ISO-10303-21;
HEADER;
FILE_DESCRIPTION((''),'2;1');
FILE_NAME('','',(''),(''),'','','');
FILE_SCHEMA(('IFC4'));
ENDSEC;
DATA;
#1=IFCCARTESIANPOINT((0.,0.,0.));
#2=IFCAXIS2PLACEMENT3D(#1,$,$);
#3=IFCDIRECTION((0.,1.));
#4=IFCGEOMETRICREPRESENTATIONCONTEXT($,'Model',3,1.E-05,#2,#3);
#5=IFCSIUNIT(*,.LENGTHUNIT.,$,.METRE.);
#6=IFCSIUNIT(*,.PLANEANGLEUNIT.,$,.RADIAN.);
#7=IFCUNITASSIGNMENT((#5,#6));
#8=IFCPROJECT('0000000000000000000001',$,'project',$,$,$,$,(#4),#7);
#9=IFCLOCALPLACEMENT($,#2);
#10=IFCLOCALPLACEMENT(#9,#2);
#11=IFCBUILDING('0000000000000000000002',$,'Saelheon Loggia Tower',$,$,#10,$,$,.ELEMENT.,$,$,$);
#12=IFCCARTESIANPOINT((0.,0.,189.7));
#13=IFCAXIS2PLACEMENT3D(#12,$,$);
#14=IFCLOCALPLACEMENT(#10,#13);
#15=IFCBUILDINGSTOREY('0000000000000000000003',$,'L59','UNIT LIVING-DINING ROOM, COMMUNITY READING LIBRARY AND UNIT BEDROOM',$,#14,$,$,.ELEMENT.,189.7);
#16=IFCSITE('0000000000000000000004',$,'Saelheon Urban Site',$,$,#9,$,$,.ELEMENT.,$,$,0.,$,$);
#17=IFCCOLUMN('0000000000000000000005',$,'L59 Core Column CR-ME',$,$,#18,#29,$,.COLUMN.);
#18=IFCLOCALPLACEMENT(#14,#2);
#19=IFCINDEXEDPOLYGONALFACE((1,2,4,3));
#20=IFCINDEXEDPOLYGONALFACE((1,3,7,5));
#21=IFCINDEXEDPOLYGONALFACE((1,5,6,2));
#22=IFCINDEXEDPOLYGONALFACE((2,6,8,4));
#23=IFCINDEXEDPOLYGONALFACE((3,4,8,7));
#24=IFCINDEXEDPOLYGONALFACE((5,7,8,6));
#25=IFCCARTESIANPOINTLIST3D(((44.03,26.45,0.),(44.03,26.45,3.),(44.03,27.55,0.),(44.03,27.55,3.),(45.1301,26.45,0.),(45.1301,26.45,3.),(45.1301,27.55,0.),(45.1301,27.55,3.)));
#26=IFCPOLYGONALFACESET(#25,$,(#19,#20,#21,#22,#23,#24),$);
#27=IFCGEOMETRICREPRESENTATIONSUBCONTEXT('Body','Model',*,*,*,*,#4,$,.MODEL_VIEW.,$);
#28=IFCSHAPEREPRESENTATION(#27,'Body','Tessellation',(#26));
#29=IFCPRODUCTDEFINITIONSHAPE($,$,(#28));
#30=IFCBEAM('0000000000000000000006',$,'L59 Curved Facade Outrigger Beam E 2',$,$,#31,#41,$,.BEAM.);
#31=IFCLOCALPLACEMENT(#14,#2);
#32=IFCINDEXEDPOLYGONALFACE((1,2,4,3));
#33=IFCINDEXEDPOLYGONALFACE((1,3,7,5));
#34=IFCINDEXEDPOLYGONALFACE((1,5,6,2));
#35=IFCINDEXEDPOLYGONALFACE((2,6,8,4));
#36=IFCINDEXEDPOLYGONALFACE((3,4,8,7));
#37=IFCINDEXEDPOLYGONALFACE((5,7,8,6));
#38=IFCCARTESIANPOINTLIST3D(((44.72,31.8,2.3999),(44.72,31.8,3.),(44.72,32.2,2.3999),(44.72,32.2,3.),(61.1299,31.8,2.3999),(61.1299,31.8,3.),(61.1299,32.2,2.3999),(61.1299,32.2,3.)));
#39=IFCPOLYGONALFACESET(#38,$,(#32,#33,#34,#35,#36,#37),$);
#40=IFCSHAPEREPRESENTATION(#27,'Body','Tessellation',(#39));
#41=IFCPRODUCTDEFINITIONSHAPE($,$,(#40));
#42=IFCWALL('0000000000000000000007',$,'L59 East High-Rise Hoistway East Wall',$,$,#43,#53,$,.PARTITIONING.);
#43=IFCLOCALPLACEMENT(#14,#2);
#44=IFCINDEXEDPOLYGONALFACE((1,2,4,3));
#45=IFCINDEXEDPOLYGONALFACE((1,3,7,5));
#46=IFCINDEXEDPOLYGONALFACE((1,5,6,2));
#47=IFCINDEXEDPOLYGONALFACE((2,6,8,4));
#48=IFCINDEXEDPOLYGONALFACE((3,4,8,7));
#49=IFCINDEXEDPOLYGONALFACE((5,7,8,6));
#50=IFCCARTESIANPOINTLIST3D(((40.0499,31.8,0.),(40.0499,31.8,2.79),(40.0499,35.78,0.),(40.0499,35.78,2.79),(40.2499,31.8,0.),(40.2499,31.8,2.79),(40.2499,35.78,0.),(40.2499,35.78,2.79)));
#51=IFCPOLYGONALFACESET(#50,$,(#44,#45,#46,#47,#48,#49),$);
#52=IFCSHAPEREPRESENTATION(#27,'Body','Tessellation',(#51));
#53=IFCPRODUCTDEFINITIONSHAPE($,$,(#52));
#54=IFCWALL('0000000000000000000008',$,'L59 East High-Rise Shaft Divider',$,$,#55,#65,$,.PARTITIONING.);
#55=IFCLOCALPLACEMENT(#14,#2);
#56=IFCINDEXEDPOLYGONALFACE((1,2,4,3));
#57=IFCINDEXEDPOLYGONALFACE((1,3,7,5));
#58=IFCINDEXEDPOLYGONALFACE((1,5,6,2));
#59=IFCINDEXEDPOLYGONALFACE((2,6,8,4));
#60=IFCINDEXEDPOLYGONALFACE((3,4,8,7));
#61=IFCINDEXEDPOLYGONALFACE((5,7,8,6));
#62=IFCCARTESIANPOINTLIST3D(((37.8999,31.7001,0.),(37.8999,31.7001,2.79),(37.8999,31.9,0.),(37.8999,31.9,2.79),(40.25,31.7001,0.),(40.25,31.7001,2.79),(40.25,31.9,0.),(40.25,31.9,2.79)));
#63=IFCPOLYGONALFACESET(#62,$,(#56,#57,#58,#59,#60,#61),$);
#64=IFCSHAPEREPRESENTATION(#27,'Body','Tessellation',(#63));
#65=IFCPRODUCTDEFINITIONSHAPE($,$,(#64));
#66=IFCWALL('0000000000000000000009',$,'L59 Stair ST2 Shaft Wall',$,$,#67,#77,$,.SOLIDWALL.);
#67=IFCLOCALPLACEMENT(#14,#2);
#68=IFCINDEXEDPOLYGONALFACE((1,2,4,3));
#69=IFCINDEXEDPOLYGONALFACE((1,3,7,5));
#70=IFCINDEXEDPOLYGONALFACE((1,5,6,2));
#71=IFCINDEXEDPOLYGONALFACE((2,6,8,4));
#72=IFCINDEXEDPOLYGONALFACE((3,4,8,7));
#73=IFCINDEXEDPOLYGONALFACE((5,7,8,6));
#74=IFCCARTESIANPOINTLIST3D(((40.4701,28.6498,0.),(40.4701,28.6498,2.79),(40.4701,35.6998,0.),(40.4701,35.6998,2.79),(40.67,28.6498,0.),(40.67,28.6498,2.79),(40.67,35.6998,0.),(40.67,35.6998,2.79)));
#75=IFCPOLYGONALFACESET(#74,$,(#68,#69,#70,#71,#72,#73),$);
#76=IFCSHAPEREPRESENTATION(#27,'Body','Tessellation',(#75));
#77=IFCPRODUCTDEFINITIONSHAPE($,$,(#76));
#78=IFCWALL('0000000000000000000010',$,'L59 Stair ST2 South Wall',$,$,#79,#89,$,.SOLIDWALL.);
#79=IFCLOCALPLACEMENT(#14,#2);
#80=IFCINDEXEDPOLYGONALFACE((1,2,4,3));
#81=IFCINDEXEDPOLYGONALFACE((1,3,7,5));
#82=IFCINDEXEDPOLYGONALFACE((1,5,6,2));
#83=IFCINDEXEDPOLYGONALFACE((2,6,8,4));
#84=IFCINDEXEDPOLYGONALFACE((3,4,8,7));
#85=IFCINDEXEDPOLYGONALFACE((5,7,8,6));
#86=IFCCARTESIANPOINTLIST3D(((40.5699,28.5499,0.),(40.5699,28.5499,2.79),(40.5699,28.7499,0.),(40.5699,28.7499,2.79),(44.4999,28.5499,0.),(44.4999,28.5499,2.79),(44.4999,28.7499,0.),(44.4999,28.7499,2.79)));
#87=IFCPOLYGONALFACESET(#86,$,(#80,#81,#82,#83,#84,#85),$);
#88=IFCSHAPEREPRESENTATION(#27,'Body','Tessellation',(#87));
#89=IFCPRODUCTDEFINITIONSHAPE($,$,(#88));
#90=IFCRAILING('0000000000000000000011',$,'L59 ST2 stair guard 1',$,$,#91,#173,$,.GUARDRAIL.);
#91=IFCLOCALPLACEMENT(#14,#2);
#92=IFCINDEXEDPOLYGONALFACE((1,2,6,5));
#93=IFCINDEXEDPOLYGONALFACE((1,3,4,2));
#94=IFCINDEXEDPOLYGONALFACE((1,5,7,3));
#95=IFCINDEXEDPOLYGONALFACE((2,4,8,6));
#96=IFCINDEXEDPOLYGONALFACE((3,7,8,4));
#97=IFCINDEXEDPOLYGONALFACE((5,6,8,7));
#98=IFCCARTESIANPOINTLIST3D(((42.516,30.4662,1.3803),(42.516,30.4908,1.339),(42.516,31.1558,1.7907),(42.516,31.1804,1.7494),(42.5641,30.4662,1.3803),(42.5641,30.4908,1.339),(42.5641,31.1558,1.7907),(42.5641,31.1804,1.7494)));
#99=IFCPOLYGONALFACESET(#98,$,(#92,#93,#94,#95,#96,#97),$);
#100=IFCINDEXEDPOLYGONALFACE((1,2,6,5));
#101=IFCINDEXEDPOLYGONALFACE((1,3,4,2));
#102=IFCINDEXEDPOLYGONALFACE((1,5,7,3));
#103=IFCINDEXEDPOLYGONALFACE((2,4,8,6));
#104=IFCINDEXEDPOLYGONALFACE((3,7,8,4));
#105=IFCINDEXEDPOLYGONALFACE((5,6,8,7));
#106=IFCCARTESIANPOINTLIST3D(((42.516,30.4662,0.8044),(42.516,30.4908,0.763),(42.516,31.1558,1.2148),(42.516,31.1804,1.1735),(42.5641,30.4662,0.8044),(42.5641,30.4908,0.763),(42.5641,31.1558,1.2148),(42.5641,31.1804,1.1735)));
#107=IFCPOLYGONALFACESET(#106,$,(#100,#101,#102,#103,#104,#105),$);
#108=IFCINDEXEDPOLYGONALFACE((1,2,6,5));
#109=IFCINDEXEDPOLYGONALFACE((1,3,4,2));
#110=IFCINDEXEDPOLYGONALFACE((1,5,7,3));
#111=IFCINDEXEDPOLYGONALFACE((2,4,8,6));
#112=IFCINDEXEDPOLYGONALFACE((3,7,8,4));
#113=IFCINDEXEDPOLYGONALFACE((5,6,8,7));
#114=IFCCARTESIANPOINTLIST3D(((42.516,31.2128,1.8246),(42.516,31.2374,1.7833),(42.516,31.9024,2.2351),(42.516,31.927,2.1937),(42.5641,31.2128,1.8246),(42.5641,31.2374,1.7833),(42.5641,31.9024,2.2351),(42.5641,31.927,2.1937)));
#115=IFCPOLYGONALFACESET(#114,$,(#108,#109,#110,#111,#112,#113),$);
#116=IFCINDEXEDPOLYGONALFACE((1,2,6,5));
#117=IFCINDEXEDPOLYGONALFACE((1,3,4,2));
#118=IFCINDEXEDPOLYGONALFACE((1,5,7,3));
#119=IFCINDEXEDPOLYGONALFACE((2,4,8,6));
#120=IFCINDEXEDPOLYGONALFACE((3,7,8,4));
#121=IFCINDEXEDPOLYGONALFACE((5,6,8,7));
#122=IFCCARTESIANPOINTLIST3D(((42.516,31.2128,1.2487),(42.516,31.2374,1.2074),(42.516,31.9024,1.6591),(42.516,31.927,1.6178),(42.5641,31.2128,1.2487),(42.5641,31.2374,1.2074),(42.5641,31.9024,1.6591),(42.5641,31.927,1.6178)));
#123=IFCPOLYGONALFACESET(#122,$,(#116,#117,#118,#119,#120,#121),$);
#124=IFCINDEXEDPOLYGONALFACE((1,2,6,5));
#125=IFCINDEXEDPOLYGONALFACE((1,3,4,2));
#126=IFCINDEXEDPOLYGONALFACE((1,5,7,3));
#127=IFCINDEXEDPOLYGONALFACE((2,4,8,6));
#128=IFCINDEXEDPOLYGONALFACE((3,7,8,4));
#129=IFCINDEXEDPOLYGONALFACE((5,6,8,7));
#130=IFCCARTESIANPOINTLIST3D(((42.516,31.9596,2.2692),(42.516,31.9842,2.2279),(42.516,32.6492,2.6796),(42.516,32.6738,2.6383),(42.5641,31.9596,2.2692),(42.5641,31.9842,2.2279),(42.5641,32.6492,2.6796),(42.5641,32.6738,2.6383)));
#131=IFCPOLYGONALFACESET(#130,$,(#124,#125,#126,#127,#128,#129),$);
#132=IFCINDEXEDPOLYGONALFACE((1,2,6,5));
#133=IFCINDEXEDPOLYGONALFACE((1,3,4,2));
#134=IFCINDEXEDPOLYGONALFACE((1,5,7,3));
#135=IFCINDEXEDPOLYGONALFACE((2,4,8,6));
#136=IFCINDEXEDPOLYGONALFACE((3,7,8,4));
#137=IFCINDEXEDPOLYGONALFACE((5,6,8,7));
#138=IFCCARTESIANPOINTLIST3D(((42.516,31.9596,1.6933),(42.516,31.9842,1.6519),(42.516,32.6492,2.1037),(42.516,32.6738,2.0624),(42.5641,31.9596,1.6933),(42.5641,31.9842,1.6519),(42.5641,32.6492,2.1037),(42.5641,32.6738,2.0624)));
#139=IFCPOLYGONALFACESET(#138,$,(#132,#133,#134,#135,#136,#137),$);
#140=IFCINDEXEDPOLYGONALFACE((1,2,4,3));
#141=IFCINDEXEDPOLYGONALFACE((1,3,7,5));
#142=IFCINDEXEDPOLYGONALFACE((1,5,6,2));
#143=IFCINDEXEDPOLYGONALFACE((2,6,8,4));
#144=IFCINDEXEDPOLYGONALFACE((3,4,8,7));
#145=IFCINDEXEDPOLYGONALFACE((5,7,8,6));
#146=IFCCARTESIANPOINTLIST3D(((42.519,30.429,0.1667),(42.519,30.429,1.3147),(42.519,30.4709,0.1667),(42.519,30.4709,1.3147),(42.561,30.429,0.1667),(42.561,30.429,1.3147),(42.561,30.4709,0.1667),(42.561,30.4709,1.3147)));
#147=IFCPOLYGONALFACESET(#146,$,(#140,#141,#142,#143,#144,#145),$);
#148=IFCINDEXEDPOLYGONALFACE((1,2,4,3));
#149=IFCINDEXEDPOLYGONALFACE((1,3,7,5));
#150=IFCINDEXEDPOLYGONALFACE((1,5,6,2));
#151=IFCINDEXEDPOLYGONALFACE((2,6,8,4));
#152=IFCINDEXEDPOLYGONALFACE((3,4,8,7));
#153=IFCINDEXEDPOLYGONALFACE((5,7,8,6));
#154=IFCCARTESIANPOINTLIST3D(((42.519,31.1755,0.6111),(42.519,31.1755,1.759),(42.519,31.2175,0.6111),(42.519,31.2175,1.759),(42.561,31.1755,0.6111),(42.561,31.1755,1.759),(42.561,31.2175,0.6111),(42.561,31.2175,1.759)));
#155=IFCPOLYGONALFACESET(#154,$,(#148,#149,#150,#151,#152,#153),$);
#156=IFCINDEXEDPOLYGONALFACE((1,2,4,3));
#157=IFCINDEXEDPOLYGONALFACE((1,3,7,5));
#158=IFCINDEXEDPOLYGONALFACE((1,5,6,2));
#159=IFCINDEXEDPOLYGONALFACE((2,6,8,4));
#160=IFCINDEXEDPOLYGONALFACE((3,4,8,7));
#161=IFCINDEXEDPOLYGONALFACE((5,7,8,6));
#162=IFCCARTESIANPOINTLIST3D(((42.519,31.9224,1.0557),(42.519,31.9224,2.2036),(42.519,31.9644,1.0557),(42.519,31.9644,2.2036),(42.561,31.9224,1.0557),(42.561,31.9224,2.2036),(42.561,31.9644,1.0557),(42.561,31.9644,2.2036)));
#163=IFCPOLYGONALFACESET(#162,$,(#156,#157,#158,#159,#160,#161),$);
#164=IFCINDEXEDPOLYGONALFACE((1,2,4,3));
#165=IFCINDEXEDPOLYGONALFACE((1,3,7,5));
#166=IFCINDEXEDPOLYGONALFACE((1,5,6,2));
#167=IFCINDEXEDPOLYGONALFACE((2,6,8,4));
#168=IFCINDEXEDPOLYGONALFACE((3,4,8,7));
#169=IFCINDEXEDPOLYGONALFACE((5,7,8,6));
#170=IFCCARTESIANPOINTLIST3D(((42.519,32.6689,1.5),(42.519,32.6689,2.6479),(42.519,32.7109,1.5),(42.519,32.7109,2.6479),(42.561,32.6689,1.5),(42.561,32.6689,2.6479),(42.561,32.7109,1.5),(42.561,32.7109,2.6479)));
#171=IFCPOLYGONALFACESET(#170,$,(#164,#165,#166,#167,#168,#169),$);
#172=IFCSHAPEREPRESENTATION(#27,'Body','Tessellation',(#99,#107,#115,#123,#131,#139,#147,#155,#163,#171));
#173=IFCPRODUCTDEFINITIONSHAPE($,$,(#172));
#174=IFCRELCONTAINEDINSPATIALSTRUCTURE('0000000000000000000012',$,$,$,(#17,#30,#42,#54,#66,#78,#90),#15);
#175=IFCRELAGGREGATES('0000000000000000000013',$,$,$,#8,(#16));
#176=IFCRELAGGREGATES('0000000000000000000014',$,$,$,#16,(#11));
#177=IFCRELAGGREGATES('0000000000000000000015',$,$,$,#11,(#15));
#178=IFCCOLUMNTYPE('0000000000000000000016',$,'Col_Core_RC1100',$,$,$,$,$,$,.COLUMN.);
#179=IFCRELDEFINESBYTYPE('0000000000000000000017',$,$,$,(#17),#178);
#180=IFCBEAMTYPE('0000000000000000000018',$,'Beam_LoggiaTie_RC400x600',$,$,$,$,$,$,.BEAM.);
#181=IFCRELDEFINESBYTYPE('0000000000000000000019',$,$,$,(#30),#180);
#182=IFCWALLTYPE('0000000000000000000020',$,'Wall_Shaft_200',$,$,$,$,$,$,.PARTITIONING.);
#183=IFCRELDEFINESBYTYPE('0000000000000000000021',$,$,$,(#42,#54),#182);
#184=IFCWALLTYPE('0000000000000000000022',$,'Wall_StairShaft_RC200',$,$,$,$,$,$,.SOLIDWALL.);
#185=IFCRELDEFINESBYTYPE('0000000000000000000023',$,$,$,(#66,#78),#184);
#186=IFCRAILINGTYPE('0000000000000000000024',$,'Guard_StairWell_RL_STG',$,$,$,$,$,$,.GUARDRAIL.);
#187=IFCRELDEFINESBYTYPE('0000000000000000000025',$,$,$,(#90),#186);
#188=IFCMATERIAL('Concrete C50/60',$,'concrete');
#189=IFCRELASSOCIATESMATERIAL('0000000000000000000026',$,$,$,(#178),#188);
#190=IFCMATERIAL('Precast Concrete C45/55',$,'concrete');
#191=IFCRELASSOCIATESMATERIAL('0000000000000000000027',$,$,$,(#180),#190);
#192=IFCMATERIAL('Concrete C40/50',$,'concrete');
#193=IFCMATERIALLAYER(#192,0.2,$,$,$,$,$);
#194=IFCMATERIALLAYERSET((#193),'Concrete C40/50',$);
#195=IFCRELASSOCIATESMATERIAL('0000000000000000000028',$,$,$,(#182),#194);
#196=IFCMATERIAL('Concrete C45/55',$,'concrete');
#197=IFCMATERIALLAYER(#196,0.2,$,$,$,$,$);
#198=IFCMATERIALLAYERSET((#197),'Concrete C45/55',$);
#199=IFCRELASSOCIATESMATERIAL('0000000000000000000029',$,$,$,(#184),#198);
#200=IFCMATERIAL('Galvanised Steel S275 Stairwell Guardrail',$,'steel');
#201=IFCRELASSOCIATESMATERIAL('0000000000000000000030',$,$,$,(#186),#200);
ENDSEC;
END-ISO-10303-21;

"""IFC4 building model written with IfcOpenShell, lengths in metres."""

from ifc_helpers import new_model, si_unit, direction, frame, frame_2d, origin, origin_2d, place, context, subcontext, project, spatial, rectangle, extrude, source, transform, mapped, material, layer, layer_set, material_profile, profile_set, type_object, element, save


model = new_model("IFC4")

# Units and contexts
model_context = context("Model", 3, precision=1e-05, world=origin(), true_north=direction((0.0, 1.0)))
body_context = subcontext(model_context, "Body", "Model", "MODEL_VIEW")
ifc_project = project(units=[si_unit("LENGTHUNIT", "METRE"), si_unit("PLANEANGLEUNIT", "RADIAN")], contexts=[model_context])

# Site, building, storey
site_placement = place(None, origin())
site = spatial("IfcSite", under=ifc_project, at=site_placement, Name="Saelheon Urban Site", CompositionType="ELEMENT", RefElevation=0.0)
building_placement = place(site_placement, origin())
building = spatial("IfcBuilding", under=site, at=building_placement, Name="Saelheon Loggia Tower", CompositionType="ELEMENT")
storey_placement = place(building_placement, frame((0.0, 0.0, 189.7)))
storey = spatial("IfcBuildingStorey", under=building, at=storey_placement, Name="L59", Description="UNIT LIVING-DINING ROOM, COMMUNITY READING LIBRARY AND UNIT BEDROOM", CompositionType="ELEMENT", Elevation=189.7)

# Column
ifc_material_1 = material(Name="Concrete C50/60", Category="concrete")
ifc_material_profile_1 = material_profile(ifc_material_1, rectangle(XDim=1.1001, YDim=1.1001, at=origin_2d()), Name="RC-1100x1100")
ifc_profile_set_1 = profile_set([ifc_material_profile_1], Name="Concrete C50/60")
column_type = type_object("IfcColumnType", Name="Col_Core_RC1100", PredefinedType="COLUMN", material=ifc_profile_set_1)
shared_shape_1 = source(origin(), body_context, "Body", "SweptSolid", [
    extrude(rectangle(XDim=1.1001, YDim=1.1001, at=origin_2d()), origin(), (0.0, 0.0, 1.0), 3.0),
])
column_placement = place(storey_placement, frame((44.5801, 27.0, 0.0), z_axis=(0.0, 0.0, 1.0), x_axis=(1.0, 0.0, 0.0)))
element("IfcColumn", 1, at=column_placement, inside=storey, type_object=column_type, Name="L59 Core Column CR-ME", PredefinedType="COLUMN", context=body_context, shape_type="MappedRepresentation", body=[
    mapped(shared_shape_1, transform((0.0, 0.0, 0.0), scale=1.0)),
])

# Beam
ifc_material_2 = material(Name="Precast Concrete C45/55", Category="concrete")
ifc_material_profile_2 = material_profile(ifc_material_2, rectangle(XDim=0.3999, YDim=0.6001, at=origin_2d()), Name="RC-400x600")
ifc_profile_set_2 = profile_set([ifc_material_profile_2], Name="Precast Concrete C45/55")
beam_type = type_object("IfcBeamType", Name="Beam_LoggiaTie_RC400x600", PredefinedType="BEAM", material=ifc_profile_set_2)
shared_shape_2 = source(origin(), body_context, "Body", "SweptSolid", [
    extrude(rectangle(XDim=0.3999, YDim=0.6001, at=origin_2d()), origin(), (0.0, 0.0, 1.0), 16.4099),
])
beam_placement = place(storey_placement, frame((44.72, 32.0, 2.7), z_axis=(1.0, 0.0, 0.0), x_axis=(0.0, 1.0, 0.0)))
element("IfcBeam", 2, at=beam_placement, inside=storey, type_object=beam_type, Name="L59 Curved Facade Outrigger Beam E 2", PredefinedType="BEAM", context=body_context, shape_type="MappedRepresentation", body=[
    mapped(shared_shape_2, transform((0.0, 0.0, 0.0), scale=1.0)),
])

# Walls
ifc_material_3 = material(Name="Concrete C40/50", Category="concrete")
ifc_layer_1 = layer(ifc_material_3, 0.2)
ifc_layer_set_1 = layer_set([ifc_layer_1], Name="Concrete C40/50")
wall_type_1 = type_object("IfcWallType", Name="Wall_Shaft_200", PredefinedType="PARTITIONING", material=ifc_layer_set_1)
wall_1_placement = place(storey_placement, frame((40.1499, 31.8, 0.0), z_axis=(0.0, 0.0, 1.0), x_axis=(0.0, 1.0, 0.0)))
element("IfcWall", 3, at=wall_1_placement, inside=storey, type_object=wall_type_1, Name="L59 East High-Rise Hoistway East Wall", PredefinedType="PARTITIONING", context=body_context, shape_type="SweptSolid", body=[
    extrude(rectangle(XDim=3.98, YDim=0.2, at=frame_2d((1.99, 0.0))), origin(), (0.0, 0.0, 1.0), 2.79),
])
wall_2_placement = place(storey_placement, frame((37.8999, 31.8, 0.0), z_axis=(0.0, 0.0, 1.0), x_axis=(1.0, 0.0, 0.0)))
element("IfcWall", 4, at=wall_2_placement, inside=storey, type_object=wall_type_1, Name="L59 East High-Rise Shaft Divider", PredefinedType="PARTITIONING", context=body_context, shape_type="SweptSolid", body=[
    extrude(rectangle(XDim=2.3501, YDim=0.2, at=frame_2d((1.175, 0.0))), origin(), (0.0, 0.0, 1.0), 2.79),
])
ifc_material_4 = material(Name="Concrete C45/55", Category="concrete")
ifc_layer_2 = layer(ifc_material_4, 0.2)
ifc_layer_set_2 = layer_set([ifc_layer_2], Name="Concrete C45/55")
wall_type_2 = type_object("IfcWallType", Name="Wall_StairShaft_RC200", PredefinedType="SOLIDWALL", material=ifc_layer_set_2)
wall_3_placement = place(storey_placement, frame((40.5701, 28.6499, 0.0), z_axis=(0.0, 0.0, 1.0), x_axis=(0.0, 1.0, 0.0)))
element("IfcWall", 5, at=wall_3_placement, inside=storey, type_object=wall_type_2, Name="L59 Stair ST2 Shaft Wall", PredefinedType="SOLIDWALL", context=body_context, shape_type="SweptSolid", body=[
    extrude(rectangle(XDim=7.05, YDim=0.2, at=frame_2d((3.5249, 0.0))), origin(), (0.0, 0.0, 1.0), 2.79),
])
wall_4_placement = place(storey_placement, frame((40.5701, 28.6499, 0.0), z_axis=(0.0, 0.0, 1.0), x_axis=(1.0, 0.0, 0.0)))
element("IfcWall", 6, at=wall_4_placement, inside=storey, type_object=wall_type_2, Name="L59 Stair ST2 South Wall", PredefinedType="SOLIDWALL", context=body_context, shape_type="SweptSolid", body=[
    extrude(rectangle(XDim=3.9299, YDim=0.2, at=frame_2d((1.9648, 0.0))), origin(), (0.0, 0.0, 1.0), 2.79),
])

# Railing
ifc_material_5 = material(Name="Galvanised Steel S275 Stairwell Guardrail", Category="steel")
railing_type_1 = type_object("IfcRailingType", Name="Guard_StairWell_RL_STG", PredefinedType="GUARDRAIL", material=ifc_material_5)
railing_1_placement = place(storey_placement, frame((42.54, 30.45, 0.1667)))
element("IfcRailing", 7, at=railing_1_placement, inside=storey, type_object=railing_type_1, Name="L59 ST2 stair guard 1", PredefinedType="GUARDRAIL", context=body_context, shape_type="SweptSolid", body=[
    extrude(rectangle(XDim=0.0481, YDim=0.0481, at=origin_2d()), frame((0.0, 0.0286, 1.1929), z_axis=(0.0, 0.859306, 0.511462), x_axis=(-1.0, 0.0, 0.0)), (0.0, 0.0, 1.0), 0.8025),
    extrude(rectangle(XDim=0.0481, YDim=0.0481, at=origin_2d()), frame((0.0, 0.0286, 0.6169), z_axis=(0.0, 0.859306, 0.511462), x_axis=(-1.0, 0.0, 0.0)), (0.0, 0.0, 1.0), 0.8025),
    extrude(rectangle(XDim=0.0481, YDim=0.0481, at=origin_2d()), frame((0.0, 0.7751, 1.6372), z_axis=(0.0, 0.859306, 0.511462), x_axis=(-1.0, 0.0, 0.0)), (0.0, 0.0, 1.0), 0.8025),
    extrude(rectangle(XDim=0.0481, YDim=0.0481, at=origin_2d()), frame((0.0, 0.7751, 1.0613), z_axis=(0.0, 0.859306, 0.511462), x_axis=(-1.0, 0.0, 0.0)), (0.0, 0.0, 1.0), 0.8025),
    extrude(rectangle(XDim=0.0481, YDim=0.0481, at=origin_2d()), frame((0.0, 1.522, 2.0818), z_axis=(0.0, 0.859306, 0.511462), x_axis=(-1.0, 0.0, 0.0)), (0.0, 0.0, 1.0), 0.8025),
    extrude(rectangle(XDim=0.0481, YDim=0.0481, at=origin_2d()), frame((0.0, 1.522, 1.5059), z_axis=(0.0, 0.859306, 0.511462), x_axis=(-1.0, 0.0, 0.0)), (0.0, 0.0, 1.0), 0.8025),
    extrude(rectangle(XDim=0.042, YDim=0.042, at=origin_2d()), origin(), (0.0, 0.0, 1.0), 1.1479),
    extrude(rectangle(XDim=0.042, YDim=0.042, at=origin_2d()), frame((0.0, 0.7466, 0.4443)), (0.0, 0.0, 1.0), 1.1479),
    extrude(rectangle(XDim=0.042, YDim=0.042, at=origin_2d()), frame((0.0, 1.4934, 0.8889)), (0.0, 0.0, 1.0), 1.1479),
    extrude(rectangle(XDim=0.042, YDim=0.042, at=origin_2d()), frame((0.0, 2.24, 1.3333)), (0.0, 0.0, 1.0), 1.1479),
])

save(model, "model.ifc")
